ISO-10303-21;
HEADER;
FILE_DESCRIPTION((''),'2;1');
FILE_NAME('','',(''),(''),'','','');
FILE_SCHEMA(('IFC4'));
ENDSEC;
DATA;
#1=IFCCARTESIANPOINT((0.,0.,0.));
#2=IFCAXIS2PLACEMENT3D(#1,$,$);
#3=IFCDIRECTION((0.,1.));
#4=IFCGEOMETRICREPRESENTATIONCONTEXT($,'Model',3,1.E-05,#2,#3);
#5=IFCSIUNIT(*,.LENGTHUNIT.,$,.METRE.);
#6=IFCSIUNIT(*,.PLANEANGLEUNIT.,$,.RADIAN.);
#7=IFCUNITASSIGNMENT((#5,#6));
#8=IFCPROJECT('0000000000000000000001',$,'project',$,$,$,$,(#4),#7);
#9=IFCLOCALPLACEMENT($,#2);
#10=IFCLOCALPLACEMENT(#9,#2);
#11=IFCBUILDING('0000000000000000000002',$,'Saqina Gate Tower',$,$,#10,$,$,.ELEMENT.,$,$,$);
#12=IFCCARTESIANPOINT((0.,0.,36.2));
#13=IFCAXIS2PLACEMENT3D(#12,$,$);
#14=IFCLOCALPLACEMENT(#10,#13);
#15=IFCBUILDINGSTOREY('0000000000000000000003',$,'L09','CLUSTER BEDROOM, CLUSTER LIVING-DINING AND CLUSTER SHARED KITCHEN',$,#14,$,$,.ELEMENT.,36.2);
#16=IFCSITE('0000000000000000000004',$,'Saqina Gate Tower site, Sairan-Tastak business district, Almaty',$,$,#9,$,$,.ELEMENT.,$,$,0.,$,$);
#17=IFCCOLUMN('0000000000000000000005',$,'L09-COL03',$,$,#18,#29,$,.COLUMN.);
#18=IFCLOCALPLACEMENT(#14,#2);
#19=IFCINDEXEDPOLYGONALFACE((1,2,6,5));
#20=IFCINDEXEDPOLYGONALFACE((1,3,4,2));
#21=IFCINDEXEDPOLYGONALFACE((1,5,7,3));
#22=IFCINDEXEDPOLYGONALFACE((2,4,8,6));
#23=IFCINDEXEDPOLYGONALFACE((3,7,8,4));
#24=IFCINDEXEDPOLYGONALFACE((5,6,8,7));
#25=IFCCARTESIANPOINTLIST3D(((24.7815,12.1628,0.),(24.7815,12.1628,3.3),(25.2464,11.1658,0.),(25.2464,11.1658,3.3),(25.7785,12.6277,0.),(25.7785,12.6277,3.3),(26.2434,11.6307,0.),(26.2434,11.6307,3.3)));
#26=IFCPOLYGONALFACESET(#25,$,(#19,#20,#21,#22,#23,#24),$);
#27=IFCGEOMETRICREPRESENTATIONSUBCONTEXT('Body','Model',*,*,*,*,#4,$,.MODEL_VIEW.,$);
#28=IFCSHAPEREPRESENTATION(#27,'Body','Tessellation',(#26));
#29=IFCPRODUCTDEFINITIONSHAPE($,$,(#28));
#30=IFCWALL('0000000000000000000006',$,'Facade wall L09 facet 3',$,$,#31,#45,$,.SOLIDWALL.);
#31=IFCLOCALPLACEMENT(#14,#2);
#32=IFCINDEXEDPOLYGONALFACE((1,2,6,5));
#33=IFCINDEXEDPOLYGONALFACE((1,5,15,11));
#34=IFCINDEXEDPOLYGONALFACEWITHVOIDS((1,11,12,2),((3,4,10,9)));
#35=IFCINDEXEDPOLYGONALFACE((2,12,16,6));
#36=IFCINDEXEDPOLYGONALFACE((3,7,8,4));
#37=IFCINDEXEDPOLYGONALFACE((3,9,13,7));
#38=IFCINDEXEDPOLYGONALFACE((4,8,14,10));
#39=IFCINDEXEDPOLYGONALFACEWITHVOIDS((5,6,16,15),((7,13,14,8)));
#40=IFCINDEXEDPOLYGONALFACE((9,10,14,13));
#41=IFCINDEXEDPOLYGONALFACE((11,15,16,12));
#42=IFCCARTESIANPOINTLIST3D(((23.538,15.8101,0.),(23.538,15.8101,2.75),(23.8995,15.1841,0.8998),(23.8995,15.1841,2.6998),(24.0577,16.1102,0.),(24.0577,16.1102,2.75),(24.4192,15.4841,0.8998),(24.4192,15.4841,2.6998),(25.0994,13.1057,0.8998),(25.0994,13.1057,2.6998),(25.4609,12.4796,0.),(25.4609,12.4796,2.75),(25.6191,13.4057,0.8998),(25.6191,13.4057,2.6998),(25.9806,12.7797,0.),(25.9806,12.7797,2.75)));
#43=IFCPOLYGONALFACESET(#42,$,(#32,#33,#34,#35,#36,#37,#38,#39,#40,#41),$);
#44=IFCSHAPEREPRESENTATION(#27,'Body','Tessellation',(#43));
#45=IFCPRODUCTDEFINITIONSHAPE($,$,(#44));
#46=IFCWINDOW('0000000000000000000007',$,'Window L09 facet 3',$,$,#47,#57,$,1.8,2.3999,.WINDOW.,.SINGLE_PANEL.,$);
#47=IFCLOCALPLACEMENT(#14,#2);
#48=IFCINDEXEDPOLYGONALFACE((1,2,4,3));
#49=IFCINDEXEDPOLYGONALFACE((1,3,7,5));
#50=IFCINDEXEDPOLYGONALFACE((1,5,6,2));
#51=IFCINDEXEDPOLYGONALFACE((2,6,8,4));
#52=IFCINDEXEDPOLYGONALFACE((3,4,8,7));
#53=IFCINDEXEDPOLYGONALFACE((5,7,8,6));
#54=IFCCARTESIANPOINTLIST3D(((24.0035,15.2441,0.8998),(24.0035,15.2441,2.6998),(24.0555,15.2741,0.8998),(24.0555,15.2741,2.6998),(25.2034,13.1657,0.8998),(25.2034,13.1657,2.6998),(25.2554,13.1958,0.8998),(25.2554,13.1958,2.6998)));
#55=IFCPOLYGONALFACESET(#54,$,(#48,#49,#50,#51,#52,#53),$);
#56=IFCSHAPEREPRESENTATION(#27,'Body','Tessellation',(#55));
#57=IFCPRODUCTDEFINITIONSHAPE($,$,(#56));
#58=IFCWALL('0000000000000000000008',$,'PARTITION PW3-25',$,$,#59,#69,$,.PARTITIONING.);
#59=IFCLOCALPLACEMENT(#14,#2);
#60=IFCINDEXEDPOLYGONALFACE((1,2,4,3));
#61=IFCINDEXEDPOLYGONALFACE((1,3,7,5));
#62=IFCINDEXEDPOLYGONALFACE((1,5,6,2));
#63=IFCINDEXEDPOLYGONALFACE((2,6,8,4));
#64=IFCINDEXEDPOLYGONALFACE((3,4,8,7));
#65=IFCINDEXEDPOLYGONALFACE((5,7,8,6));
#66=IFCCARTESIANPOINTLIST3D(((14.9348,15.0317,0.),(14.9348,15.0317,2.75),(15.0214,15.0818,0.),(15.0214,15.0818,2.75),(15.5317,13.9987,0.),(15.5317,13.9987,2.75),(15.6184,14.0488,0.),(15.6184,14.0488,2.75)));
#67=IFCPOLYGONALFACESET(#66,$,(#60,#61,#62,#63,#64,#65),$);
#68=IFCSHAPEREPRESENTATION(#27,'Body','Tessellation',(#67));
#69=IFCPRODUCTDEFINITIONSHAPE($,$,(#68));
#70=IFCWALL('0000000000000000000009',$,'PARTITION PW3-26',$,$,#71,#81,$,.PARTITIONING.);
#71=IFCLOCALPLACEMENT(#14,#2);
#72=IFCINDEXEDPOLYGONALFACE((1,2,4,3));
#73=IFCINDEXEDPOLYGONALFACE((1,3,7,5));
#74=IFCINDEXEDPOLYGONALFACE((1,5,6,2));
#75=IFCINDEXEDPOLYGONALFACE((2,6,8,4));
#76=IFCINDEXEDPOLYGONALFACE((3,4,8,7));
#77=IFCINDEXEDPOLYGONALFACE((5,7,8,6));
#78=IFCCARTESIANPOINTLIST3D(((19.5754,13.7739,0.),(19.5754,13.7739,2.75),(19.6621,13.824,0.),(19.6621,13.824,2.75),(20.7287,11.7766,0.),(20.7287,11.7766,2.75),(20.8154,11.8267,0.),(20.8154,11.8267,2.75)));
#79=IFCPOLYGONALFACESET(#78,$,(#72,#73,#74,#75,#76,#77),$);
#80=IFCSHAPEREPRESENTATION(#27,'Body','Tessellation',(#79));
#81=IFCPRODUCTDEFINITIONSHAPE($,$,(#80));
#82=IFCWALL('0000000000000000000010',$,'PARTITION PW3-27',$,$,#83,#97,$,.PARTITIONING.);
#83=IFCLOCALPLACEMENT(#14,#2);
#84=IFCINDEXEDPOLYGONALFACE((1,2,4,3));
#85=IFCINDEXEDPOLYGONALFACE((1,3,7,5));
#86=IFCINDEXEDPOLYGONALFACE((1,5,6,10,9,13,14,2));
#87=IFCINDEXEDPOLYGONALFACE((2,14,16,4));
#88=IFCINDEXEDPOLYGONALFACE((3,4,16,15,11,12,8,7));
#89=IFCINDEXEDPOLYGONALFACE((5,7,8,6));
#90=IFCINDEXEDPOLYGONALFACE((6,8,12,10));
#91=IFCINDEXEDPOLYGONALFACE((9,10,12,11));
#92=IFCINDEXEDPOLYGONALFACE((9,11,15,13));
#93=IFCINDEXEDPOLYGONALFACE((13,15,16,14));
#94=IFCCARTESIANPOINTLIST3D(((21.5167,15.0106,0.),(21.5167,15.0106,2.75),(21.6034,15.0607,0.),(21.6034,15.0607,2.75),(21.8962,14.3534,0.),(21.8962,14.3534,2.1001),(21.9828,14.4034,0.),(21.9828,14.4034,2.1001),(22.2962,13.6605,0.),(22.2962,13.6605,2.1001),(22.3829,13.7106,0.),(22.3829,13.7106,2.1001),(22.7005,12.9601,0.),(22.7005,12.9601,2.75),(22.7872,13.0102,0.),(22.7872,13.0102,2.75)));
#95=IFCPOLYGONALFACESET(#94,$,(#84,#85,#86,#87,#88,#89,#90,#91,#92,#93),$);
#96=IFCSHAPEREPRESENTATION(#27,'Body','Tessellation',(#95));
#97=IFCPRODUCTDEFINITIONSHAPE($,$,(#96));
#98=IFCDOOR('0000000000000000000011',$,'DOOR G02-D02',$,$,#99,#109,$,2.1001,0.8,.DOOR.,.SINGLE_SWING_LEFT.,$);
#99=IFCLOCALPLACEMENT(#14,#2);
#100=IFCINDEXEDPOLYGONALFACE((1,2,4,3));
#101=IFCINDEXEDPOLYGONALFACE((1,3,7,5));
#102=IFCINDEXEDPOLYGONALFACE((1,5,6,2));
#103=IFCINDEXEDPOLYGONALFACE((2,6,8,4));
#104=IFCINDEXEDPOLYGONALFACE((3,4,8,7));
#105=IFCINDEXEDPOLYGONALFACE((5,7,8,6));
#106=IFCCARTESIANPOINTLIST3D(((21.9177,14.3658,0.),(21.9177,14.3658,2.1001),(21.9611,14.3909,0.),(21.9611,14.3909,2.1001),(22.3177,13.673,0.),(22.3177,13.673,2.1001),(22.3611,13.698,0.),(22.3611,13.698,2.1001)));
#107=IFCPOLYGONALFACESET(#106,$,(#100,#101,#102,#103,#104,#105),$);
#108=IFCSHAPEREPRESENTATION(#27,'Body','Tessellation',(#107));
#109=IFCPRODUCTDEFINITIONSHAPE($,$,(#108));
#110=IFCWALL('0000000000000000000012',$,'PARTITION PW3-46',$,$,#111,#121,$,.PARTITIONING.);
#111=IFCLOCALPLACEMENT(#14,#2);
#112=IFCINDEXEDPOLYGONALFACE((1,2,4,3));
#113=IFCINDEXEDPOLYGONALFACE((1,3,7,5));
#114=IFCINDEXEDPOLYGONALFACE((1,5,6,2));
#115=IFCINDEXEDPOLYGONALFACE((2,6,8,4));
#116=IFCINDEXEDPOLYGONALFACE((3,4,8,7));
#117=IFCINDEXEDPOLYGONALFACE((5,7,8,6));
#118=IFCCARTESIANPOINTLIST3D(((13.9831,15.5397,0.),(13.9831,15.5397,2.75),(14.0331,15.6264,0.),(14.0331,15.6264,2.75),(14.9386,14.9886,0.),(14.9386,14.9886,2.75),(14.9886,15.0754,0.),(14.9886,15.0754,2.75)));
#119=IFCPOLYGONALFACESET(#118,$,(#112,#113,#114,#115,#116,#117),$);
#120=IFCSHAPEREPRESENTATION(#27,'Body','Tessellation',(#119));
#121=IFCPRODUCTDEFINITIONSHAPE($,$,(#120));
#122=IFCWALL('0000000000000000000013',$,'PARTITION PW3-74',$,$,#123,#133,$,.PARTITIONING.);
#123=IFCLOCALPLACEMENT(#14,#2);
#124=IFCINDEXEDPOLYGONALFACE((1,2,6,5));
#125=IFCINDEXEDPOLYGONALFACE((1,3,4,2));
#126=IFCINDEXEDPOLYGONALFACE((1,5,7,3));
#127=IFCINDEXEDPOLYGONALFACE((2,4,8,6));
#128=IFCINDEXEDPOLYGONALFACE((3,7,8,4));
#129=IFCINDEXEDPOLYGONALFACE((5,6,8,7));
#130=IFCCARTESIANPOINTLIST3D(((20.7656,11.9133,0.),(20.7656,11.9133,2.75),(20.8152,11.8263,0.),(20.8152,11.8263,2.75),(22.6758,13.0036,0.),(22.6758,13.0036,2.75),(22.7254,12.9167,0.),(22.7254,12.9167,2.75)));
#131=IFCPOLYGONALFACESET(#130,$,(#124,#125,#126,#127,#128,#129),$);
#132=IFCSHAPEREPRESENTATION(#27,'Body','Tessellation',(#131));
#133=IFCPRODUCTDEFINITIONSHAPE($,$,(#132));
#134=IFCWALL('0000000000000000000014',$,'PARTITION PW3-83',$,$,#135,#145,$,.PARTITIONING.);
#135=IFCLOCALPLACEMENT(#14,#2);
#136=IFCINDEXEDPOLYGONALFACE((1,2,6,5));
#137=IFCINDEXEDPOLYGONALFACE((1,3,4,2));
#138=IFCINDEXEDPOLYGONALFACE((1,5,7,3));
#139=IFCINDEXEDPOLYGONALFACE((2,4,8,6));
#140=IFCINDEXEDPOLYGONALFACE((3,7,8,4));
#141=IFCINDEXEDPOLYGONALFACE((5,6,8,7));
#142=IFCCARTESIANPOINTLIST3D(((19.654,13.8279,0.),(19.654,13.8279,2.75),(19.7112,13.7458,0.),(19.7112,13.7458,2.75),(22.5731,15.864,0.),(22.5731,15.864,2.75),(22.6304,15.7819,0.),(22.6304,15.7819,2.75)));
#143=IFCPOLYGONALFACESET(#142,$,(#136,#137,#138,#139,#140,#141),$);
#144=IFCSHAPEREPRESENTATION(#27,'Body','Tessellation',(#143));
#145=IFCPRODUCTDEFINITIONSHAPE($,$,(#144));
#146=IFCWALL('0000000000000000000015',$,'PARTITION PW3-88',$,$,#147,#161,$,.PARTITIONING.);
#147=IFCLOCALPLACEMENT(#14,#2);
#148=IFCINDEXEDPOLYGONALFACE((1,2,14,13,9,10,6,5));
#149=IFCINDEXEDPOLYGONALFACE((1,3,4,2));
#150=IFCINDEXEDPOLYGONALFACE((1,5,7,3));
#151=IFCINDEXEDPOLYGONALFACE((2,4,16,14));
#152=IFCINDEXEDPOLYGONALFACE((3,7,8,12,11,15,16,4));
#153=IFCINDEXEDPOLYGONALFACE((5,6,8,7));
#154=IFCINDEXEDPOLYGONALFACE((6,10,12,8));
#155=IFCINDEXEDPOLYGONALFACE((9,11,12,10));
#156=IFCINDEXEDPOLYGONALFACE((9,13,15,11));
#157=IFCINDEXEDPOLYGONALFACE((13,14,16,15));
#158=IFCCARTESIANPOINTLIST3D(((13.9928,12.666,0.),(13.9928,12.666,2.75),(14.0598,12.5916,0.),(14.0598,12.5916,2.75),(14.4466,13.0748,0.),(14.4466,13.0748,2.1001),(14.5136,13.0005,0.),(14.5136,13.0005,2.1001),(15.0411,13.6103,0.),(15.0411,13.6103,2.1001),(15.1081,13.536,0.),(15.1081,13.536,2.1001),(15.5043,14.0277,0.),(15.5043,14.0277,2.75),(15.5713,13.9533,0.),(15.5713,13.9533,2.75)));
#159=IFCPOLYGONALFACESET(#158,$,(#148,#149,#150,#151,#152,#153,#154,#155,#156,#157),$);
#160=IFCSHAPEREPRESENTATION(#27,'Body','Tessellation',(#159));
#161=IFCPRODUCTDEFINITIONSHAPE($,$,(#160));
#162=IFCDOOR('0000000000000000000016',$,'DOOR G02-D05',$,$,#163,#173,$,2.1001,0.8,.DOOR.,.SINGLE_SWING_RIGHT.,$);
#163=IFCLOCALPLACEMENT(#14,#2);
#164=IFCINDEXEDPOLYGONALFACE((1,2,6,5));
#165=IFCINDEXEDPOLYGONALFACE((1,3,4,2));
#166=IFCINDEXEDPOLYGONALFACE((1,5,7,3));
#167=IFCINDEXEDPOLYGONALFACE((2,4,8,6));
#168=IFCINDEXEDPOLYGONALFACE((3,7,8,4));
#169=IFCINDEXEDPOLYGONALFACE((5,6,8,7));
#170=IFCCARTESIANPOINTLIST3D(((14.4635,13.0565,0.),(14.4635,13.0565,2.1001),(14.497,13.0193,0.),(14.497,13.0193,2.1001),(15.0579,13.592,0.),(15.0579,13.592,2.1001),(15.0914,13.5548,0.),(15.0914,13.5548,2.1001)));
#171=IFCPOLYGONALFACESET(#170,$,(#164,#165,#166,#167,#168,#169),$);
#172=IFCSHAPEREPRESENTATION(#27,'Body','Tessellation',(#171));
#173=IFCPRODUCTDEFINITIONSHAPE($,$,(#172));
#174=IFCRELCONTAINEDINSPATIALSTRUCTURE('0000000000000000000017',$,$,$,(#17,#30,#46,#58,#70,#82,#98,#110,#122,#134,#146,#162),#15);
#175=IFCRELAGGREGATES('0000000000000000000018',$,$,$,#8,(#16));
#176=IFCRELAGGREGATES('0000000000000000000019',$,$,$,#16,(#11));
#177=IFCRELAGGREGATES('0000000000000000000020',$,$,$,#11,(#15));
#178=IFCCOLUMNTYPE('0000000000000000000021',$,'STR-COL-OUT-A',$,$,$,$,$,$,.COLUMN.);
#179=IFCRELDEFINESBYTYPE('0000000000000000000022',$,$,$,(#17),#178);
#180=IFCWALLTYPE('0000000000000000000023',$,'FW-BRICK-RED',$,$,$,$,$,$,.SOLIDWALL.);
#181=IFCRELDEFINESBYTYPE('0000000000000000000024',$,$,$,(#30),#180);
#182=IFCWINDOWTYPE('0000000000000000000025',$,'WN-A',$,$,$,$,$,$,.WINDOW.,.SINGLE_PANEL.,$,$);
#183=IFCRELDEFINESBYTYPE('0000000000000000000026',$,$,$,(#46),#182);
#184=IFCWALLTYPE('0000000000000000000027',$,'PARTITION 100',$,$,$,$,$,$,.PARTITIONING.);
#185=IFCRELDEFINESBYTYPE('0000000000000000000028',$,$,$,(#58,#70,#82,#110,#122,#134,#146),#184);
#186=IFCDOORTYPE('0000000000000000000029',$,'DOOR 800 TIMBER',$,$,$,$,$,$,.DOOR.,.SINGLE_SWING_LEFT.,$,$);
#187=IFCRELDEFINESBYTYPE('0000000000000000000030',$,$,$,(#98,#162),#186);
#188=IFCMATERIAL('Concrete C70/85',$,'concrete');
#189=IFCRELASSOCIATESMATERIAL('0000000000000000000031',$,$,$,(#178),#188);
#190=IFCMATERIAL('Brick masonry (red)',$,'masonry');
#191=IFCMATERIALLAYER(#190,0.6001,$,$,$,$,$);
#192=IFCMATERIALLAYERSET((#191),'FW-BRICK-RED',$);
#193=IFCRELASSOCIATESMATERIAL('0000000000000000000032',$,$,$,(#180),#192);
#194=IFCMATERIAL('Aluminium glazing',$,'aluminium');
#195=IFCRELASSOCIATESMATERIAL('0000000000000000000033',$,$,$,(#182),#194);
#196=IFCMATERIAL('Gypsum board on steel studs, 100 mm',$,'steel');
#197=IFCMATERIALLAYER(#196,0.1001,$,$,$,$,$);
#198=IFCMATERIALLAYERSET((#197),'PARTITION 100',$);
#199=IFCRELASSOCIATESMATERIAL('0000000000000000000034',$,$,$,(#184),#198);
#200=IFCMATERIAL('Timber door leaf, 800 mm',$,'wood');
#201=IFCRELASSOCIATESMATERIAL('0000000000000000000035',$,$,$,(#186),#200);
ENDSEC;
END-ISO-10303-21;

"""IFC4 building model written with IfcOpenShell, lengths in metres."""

from ifc_helpers import new_model, si_unit, direction, frame, frame_2d, origin, origin_2d, place, context, subcontext, project, spatial, rectangle, extrude, material, layer, layer_set, material_profile, profile_set, type_object, element, fill, save


model = new_model("IFC4")

# Units and contexts
model_context = context("Model", 3, precision=1e-05, world=origin(), true_north=direction((0.0, 1.0)))
body_context = subcontext(model_context, "Body", "Model", "MODEL_VIEW")
ifc_project = project(units=[si_unit("LENGTHUNIT", "METRE"), si_unit("PLANEANGLEUNIT", "RADIAN")], contexts=[model_context])

# Site, building, storey
site_placement = place(None, origin())
site = spatial("IfcSite", under=ifc_project, at=site_placement, Name="Saqina Gate Tower site, Sairan-Tastak business district, Almaty", CompositionType="ELEMENT", RefElevation=0.0)
building_placement = place(site_placement, origin())
building = spatial("IfcBuilding", under=site, at=building_placement, Name="Saqina Gate Tower", CompositionType="ELEMENT")
storey_placement = place(building_placement, frame((0.0, 0.0, 36.2)))
storey = spatial("IfcBuildingStorey", under=building, at=storey_placement, Name="L09", Description="CLUSTER BEDROOM, CLUSTER LIVING-DINING AND CLUSTER SHARED KITCHEN", CompositionType="ELEMENT", Elevation=36.2)

# Column
ifc_material_1 = material(Name="Concrete C70/85", Category="concrete")
ifc_material_profile = material_profile(ifc_material_1, rectangle(XDim=1.1001, YDim=1.1001, at=origin_2d()), Name="RC 1100x1100")
ifc_profile_set = profile_set([ifc_material_profile], Name="Concrete C70/85")
column_type = type_object("IfcColumnType", Name="STR-COL-OUT-A", PredefinedType="COLUMN", material=ifc_profile_set)
column_placement = place(storey_placement, frame((25.5125, 11.8967, 0.0), z_axis=(0.0, 0.0, 1.0), x_axis=(0.906308, 0.422618, 0.0)))
element("IfcColumn", 1, at=column_placement, inside=storey, type_object=column_type, Name="L09-COL03", PredefinedType="COLUMN", context=body_context, shape_type="SweptSolid", body=[
    extrude(rectangle(XDim=1.1001, YDim=1.1001, at=origin_2d()), origin(), (0.0, 0.0, 1.0), 3.3),
])

# Wall, opening, window
ifc_material_2 = material(Name="Brick masonry (red)", Category="masonry")
ifc_layer_1 = layer(ifc_material_2, 0.6001)
ifc_layer_set_1 = layer_set([ifc_layer_1], Name="FW-BRICK-RED")
wall_type_1 = type_object("IfcWallType", Name="FW-BRICK-RED", PredefinedType="SOLIDWALL", material=ifc_layer_set_1)
wall_1_placement = place(storey_placement, frame((25.7207, 12.6296, 0.0), z_axis=(0.0, 0.0, 1.0), x_axis=(-0.49999, 0.866031, 0.0)))
wall_1 = element("IfcWall", 2, at=wall_1_placement, inside=storey, type_object=wall_type_1, Name="Facade wall L09 facet 3", PredefinedType="SOLIDWALL", context=body_context, shape_type="SweptSolid", body=[
    extrude(rectangle(XDim=3.8457, YDim=0.6001, at=frame_2d((1.9229, 0.0))), origin(), (0.0, 0.0, 1.0), 2.75),
])
opening_1_placement = place(wall_1_placement, frame((0.7229, 0.0, 0.8999)))
opening_1 = element("IfcOpeningElement", 3, at=opening_1_placement, cuts=wall_1, PredefinedType="OPENING", context=body_context, shape_type="SweptSolid", body=[
    extrude(rectangle(XDim=2.3999, YDim=1.8, at=frame_2d((1.2, 0.8999))), frame((0.0, 0.312, 0.0), z_axis=(0.0, -1.0, 0.0), x_axis=(1.0, 0.0, 0.0)), (0.0, 0.0, 1.0), 0.624),
])
ifc_material_3 = material(Name="Aluminium glazing", Category="aluminium")
window_type = type_object("IfcWindowType", Name="WN-A", PartitioningType="SINGLE_PANEL", PredefinedType="WINDOW", material=ifc_material_3)
window_placement = place(opening_1_placement, origin())
window = element("IfcWindow", 4, at=window_placement, inside=storey, type_object=window_type, Name="Window L09 facet 3", OverallHeight=1.8, OverallWidth=2.3999, PartitioningType="SINGLE_PANEL", PredefinedType="WINDOW", context=body_context, shape_type="SweptSolid", body=[
    extrude(rectangle(XDim=2.3999, YDim=1.8, at=frame_2d((1.2, 0.8999))), frame((0.0, 0.1799, 0.0), z_axis=(0.0, -1.0, 0.0), x_axis=(1.0, 0.0, 0.0)), (0.0, 0.0, 1.0), 0.0601),
])
fill(opening_1, window)

# Walls
ifc_material_4 = material(Name="Gypsum board on steel studs, 100 mm", Category="steel")
ifc_layer_2 = layer(ifc_material_4, 0.1001)
ifc_layer_set_2 = layer_set([ifc_layer_2], Name="PARTITION 100")
wall_type_2 = type_object("IfcWallType", Name="PARTITION 100", PredefinedType="PARTITIONING", material=ifc_layer_set_2)
wall_2_placement = place(storey_placement, frame((14.978, 15.0569, 0.0), z_axis=(0.0, 0.0, 1.0), x_axis=(0.500342, -0.865828, 0.0)))
element("IfcWall", 5, at=wall_2_placement, inside=storey, type_object=wall_type_2, Name="PARTITION PW3-25", PredefinedType="PARTITIONING", context=body_context, shape_type="SweptSolid", body=[
    extrude(rectangle(XDim=1.1931, YDim=0.1001, at=frame_2d((0.5967, 0.0))), origin(), (0.0, 0.0, 1.0), 2.75),
])
wall_3_placement = place(storey_placement, frame((19.6187, 13.7991, 0.0), z_axis=(0.0, 0.0, 1.0), x_axis=(0.500055, -0.865993, 0.0)))
element("IfcWall", 6, at=wall_3_placement, inside=storey, type_object=wall_type_2, Name="PARTITION PW3-26", PredefinedType="PARTITIONING", context=body_context, shape_type="SweptSolid", body=[
    extrude(rectangle(XDim=2.3064, YDim=0.1001, at=frame_2d((1.1533, 0.0))), origin(), (0.0, 0.0, 1.0), 2.75),
])

# Wall, opening, door
wall_4_placement = place(storey_placement, frame((21.5601, 15.0356, 0.0), z_axis=(0.0, 0.0, 1.0), x_axis=(0.499987, -0.866033, 0.0)))
wall_4 = element("IfcWall", 7, at=wall_4_placement, inside=storey, type_object=wall_type_2, Name="PARTITION PW3-27", PredefinedType="PARTITIONING", context=body_context, shape_type="SweptSolid", body=[
    extrude(rectangle(XDim=2.3677, YDim=0.1001, at=frame_2d((1.1838, 0.0))), origin(), (0.0, 0.0, 1.0), 2.75),
])
opening_2_placement = place(wall_4_placement, frame((0.759, 0.0, 0.0)))
opening_2 = element("IfcOpeningElement", 8, at=opening_2_placement, cuts=wall_4, PredefinedType="OPENING", context=body_context, shape_type="SweptSolid", body=[
    extrude(rectangle(XDim=0.8, YDim=2.1001, at=frame_2d((0.3999, 1.05))), frame((0.0, 0.062, 0.0), z_axis=(0.0, -1.0, 0.0), x_axis=(1.0, 0.0, 0.0)), (0.0, 0.0, 1.0), 0.124),
])
ifc_material_5 = material(Name="Timber door leaf, 800 mm", Category="wood")
door_type_1 = type_object("IfcDoorType", Name="DOOR 800 TIMBER", OperationType="SINGLE_SWING_LEFT", PredefinedType="DOOR", material=ifc_material_5)
door_1_placement = place(opening_2_placement, origin())
door_1 = element("IfcDoor", 9, at=door_1_placement, inside=storey, type_object=door_type_1, Name="DOOR G02-D02", OperationType="SINGLE_SWING_LEFT", OverallHeight=2.1001, OverallWidth=0.8, PredefinedType="DOOR", context=body_context, shape_type="SweptSolid", body=[
    extrude(rectangle(XDim=0.8, YDim=2.1001, at=frame_2d((0.3999, 1.05))), frame((0.0, 0.0249, 0.0), z_axis=(0.0, -1.0, 0.0), x_axis=(1.0, 0.0, 0.0)), (0.0, 0.0, 1.0), 0.05),
])
fill(opening_2, door_1)

# Walls
wall_5_placement = place(storey_placement, frame((14.0081, 15.583, 0.0), z_axis=(0.0, 0.0, 1.0), x_axis=(0.866289, -0.499544, 0.0)))
element("IfcWall", 10, at=wall_5_placement, inside=storey, type_object=wall_type_2, Name="PARTITION PW3-46", PredefinedType="PARTITIONING", context=body_context, shape_type="SweptSolid", body=[
    extrude(rectangle(XDim=1.103, YDim=0.1001, at=frame_2d((0.5515, 0.0))), origin(), (0.0, 0.0, 1.0), 2.75),
])
wall_6_placement = place(storey_placement, frame((20.7905, 11.8699, 0.0), z_axis=(0.0, 0.0, 1.0), x_axis=(0.868475, 0.495732, 0.0)))
element("IfcWall", 11, at=wall_6_placement, inside=storey, type_object=wall_type_2, Name="PARTITION PW3-74", PredefinedType="PARTITIONING", context=body_context, shape_type="SweptSolid", body=[
    extrude(rectangle(XDim=2.1995, YDim=0.1001, at=frame_2d((1.0996, 0.0))), origin(), (0.0, 0.0, 1.0), 2.75),
])
wall_7_placement = place(storey_placement, frame((19.6826, 13.7869, 0.0), z_axis=(0.0, 0.0, 1.0), x_axis=(0.820194, 0.572085, 0.0)))
element("IfcWall", 12, at=wall_7_placement, inside=storey, type_object=wall_type_2, Name="PARTITION PW3-83", PredefinedType="PARTITIONING", context=body_context, shape_type="SweptSolid", body=[
    extrude(rectangle(XDim=3.5591, YDim=0.1001, at=frame_2d((1.7795, 0.0))), origin(), (0.0, 0.0, 1.0), 2.75),
])

# Wall, opening, door
wall_8_placement = place(storey_placement, frame((14.0264, 12.6289, 0.0), z_axis=(0.0, 0.0, 1.0), x_axis=(0.74299, 0.669303, 0.0)))
wall_8 = element("IfcWall", 13, at=wall_8_placement, inside=storey, type_object=wall_type_2, Name="PARTITION PW3-88", PredefinedType="PARTITIONING", context=body_context, shape_type="SweptSolid", body=[
    extrude(rectangle(XDim=2.0344, YDim=0.1001, at=frame_2d((1.0171, 0.0))), origin(), (0.0, 0.0, 1.0), 2.75),
])
opening_3_placement = place(wall_8_placement, frame((0.6108, 0.0, 0.0)))
opening_3 = element("IfcOpeningElement", 14, at=opening_3_placement, cuts=wall_8, PredefinedType="OPENING", context=body_context, shape_type="SweptSolid", body=[
    extrude(rectangle(XDim=0.8, YDim=2.1001, at=frame_2d((0.3999, 1.05))), frame((0.0, 0.062, 0.0), z_axis=(0.0, -1.0, 0.0), x_axis=(1.0, 0.0, 0.0)), (0.0, 0.0, 1.0), 0.124),
])
door_2_placement = place(opening_3_placement, frame((0.8, 0.0, 0.0), z_axis=(0.0, 0.0, 1.0), x_axis=(-1.0, 0.0, 0.0)))
door_2 = element("IfcDoor", 15, at=door_2_placement, inside=storey, type_object=door_type_1, Name="DOOR G02-D05", OperationType="SINGLE_SWING_RIGHT", OverallHeight=2.1001, OverallWidth=0.8, PredefinedType="DOOR", context=body_context, shape_type="SweptSolid", body=[
    extrude(rectangle(XDim=0.8, YDim=2.1001, at=frame_2d((0.3999, 1.05))), frame((0.0, 0.0249, 0.0), z_axis=(0.0, -1.0, 0.0), x_axis=(1.0, 0.0, 0.0)), (0.0, 0.0, 1.0), 0.05),
])
fill(opening_3, door_2)

save(model, "model.ifc")
